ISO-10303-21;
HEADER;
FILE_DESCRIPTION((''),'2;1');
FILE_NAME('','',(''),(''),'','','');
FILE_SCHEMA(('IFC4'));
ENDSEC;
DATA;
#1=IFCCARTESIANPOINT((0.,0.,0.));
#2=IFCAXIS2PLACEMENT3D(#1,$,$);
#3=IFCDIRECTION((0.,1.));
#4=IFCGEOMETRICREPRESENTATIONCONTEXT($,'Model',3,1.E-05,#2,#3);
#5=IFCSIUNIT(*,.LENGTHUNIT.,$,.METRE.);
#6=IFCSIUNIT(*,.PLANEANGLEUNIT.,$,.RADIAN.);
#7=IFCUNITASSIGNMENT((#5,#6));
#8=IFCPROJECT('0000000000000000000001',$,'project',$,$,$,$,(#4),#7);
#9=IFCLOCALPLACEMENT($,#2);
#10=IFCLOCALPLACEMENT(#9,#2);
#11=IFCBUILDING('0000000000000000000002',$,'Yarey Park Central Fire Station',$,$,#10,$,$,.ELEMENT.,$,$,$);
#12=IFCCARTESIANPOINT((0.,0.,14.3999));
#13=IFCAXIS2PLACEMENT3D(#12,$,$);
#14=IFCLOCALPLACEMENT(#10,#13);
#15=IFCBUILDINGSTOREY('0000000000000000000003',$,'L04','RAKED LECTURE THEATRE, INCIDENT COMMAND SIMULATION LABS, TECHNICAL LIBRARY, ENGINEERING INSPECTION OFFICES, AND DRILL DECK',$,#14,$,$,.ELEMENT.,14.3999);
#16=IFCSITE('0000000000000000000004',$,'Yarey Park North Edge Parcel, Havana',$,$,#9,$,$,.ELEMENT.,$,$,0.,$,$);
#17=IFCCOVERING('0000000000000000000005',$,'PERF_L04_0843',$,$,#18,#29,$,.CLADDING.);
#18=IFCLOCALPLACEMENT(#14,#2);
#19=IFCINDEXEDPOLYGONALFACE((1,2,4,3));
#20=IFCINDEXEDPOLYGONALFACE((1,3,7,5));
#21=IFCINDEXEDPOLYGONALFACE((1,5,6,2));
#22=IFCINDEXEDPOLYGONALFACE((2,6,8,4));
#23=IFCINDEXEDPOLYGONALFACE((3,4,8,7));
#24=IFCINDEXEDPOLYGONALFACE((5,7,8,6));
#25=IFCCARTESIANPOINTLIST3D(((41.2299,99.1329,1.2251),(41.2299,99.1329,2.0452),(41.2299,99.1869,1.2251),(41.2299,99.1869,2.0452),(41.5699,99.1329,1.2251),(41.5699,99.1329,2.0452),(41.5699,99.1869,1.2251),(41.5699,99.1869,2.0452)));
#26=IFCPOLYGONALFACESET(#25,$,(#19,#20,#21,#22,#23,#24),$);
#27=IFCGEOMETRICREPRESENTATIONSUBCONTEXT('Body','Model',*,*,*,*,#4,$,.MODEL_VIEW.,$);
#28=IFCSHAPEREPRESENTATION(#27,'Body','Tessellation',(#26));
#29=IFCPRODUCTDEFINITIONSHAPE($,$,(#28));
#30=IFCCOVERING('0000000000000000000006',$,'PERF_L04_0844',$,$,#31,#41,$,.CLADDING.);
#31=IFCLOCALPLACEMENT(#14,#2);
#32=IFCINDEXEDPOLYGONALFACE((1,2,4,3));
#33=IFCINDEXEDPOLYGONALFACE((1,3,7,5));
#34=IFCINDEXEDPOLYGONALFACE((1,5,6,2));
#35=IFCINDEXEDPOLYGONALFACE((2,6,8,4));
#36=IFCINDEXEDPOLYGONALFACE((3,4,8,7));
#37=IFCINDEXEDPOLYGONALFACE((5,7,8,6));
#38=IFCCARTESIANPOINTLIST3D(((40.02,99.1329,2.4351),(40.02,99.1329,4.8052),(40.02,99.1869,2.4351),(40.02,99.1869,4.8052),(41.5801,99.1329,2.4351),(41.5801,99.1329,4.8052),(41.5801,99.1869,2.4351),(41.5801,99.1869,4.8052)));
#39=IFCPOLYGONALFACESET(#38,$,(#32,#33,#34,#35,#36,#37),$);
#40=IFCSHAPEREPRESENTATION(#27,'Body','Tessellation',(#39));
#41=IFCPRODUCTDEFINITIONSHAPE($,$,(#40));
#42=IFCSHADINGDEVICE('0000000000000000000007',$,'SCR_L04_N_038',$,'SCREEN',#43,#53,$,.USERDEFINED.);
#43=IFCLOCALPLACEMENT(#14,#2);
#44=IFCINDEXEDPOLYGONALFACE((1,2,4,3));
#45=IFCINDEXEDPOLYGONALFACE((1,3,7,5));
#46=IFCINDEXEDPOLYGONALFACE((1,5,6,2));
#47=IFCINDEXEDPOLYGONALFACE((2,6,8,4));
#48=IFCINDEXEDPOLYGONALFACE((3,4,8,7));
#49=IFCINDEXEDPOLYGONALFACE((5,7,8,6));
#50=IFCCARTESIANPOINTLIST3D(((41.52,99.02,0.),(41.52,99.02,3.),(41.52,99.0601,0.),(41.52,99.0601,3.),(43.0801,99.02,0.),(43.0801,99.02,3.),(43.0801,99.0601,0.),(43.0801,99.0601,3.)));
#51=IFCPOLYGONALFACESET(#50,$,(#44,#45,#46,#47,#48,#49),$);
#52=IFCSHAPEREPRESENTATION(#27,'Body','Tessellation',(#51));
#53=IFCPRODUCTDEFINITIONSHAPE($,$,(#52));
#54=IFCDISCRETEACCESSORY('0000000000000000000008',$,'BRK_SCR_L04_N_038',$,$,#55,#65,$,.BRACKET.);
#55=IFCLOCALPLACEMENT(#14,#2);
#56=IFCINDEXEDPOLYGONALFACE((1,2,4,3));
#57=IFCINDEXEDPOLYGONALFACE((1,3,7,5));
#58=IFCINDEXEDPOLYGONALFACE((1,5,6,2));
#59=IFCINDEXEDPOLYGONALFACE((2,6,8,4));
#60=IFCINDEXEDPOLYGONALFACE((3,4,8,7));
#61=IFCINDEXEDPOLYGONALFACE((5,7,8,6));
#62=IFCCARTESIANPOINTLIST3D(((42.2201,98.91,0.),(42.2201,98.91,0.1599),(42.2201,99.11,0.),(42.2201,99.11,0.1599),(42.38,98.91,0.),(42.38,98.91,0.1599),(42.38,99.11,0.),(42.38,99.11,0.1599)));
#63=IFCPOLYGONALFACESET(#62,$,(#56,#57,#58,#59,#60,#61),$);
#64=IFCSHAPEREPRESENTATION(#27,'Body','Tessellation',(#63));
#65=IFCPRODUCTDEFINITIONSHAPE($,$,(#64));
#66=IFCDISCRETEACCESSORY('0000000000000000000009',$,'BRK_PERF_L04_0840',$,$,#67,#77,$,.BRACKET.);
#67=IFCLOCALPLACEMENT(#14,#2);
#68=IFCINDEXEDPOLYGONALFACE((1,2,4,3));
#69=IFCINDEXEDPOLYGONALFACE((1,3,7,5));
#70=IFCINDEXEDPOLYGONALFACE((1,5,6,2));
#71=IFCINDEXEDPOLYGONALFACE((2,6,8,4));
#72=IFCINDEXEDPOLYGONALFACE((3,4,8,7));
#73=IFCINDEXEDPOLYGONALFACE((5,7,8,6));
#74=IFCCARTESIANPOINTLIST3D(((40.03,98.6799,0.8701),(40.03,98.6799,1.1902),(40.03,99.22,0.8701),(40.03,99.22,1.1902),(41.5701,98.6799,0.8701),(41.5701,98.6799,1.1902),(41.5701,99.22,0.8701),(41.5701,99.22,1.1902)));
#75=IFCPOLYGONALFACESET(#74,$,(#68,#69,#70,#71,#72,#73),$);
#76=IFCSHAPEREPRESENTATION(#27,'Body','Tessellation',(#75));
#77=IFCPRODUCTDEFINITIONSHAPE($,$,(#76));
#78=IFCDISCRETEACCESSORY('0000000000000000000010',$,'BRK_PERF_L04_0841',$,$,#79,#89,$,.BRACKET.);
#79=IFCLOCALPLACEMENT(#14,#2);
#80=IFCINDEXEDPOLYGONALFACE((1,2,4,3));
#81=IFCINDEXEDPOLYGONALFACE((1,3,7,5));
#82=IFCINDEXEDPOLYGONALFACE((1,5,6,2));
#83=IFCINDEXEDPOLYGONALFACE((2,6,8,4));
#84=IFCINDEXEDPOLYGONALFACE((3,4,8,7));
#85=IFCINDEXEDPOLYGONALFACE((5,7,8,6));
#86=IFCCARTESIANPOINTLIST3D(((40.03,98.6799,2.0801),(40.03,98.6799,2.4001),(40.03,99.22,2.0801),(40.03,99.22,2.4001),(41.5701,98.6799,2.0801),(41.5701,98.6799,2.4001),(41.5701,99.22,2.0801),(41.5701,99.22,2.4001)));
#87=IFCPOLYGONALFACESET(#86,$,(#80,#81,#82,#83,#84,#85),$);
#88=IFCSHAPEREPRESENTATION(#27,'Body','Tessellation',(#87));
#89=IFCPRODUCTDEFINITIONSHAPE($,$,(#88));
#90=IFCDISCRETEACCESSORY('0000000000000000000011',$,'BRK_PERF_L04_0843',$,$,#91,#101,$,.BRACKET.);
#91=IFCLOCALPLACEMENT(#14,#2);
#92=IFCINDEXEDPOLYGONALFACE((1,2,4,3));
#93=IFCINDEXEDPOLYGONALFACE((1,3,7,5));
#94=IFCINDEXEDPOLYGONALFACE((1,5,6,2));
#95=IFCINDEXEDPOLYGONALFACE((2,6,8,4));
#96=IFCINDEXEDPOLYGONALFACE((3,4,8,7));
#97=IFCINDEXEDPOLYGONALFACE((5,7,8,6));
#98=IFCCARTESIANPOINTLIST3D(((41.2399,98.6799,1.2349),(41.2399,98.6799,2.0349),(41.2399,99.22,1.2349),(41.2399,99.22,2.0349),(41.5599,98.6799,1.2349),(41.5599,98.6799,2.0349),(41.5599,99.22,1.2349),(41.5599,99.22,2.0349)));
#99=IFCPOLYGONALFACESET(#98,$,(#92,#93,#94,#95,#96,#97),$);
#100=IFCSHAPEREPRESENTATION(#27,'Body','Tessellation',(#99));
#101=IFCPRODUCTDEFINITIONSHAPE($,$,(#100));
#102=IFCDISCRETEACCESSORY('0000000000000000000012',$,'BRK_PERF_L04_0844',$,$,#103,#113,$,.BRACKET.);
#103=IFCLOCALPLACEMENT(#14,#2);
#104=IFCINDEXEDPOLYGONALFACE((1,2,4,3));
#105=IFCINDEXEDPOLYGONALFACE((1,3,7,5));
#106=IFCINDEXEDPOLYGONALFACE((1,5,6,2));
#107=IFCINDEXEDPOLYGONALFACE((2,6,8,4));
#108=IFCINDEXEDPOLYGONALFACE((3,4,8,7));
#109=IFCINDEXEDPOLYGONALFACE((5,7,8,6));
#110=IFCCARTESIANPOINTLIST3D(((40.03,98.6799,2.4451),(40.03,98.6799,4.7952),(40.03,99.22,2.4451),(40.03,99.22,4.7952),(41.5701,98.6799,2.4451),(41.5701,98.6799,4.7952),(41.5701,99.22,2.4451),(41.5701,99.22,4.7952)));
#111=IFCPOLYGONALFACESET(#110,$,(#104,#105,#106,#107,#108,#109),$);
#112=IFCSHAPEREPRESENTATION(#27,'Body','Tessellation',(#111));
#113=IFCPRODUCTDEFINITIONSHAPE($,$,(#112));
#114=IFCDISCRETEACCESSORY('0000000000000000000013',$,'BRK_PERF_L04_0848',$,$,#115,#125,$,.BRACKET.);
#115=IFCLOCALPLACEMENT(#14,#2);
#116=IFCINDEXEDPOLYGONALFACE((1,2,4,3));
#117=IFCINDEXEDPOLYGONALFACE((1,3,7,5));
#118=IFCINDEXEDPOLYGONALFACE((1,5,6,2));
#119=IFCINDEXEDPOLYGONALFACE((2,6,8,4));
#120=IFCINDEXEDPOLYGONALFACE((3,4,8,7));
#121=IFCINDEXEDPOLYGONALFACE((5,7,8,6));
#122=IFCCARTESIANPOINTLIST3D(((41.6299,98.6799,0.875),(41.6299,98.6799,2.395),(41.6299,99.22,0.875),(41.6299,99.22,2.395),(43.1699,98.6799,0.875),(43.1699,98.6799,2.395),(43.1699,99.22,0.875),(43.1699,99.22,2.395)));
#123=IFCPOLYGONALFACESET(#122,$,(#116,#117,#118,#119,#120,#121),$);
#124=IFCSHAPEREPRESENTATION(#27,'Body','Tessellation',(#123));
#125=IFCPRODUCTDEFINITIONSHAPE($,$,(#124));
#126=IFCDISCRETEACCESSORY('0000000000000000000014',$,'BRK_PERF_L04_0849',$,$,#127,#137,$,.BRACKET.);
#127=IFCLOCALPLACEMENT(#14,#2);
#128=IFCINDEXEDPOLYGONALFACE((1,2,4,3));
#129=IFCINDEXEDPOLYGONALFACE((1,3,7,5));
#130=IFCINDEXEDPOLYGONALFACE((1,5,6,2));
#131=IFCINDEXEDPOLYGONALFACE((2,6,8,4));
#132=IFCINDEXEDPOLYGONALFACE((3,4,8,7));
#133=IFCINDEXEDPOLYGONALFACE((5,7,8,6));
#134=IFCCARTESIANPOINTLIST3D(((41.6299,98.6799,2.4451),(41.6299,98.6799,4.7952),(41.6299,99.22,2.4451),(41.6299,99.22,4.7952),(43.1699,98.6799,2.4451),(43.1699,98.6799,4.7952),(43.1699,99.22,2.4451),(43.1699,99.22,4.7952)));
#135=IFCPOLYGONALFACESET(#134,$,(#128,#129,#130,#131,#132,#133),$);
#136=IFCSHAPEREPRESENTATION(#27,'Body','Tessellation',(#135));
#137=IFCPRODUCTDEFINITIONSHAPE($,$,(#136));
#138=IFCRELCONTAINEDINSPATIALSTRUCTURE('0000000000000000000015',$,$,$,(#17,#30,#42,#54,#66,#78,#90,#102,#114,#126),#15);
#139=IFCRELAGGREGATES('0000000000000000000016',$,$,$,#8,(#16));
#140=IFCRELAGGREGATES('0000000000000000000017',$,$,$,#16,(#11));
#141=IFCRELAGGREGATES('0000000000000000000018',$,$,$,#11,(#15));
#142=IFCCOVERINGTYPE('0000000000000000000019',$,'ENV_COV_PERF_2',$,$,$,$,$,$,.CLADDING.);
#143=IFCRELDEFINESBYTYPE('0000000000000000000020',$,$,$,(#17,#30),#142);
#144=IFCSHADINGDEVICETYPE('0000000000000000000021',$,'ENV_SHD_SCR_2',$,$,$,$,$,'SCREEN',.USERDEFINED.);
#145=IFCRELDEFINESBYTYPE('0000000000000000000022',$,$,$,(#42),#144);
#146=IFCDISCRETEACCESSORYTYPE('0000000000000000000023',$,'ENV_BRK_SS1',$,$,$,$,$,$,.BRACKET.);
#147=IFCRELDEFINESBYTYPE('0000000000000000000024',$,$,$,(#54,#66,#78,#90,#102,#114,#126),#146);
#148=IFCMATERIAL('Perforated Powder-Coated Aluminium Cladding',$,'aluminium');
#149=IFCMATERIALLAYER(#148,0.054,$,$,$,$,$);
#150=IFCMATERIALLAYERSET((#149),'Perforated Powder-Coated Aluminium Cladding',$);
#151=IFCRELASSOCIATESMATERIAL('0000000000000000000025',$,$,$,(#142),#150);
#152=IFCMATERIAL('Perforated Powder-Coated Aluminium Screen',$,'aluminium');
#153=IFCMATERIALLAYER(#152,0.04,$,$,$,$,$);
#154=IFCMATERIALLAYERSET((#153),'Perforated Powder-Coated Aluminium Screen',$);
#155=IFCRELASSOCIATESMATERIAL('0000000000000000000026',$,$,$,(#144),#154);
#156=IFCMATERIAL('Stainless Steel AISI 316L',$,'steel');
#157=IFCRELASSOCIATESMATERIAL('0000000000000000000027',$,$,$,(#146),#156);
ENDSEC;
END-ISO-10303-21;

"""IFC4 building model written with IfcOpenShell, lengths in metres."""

from ifc_helpers import new_model, si_unit, direction, frame, origin, origin_2d, place, context, subcontext, project, spatial, rectangle, extrude, material, layer, layer_set, type_object, element, save


model = new_model("IFC4")

# Units and contexts
model_context = context("Model", 3, precision=1e-05, world=origin(), true_north=direction((0.0, 1.0)))
body_context = subcontext(model_context, "Body", "Model", "MODEL_VIEW")
ifc_project = project(units=[si_unit("LENGTHUNIT", "METRE"), si_unit("PLANEANGLEUNIT", "RADIAN")], contexts=[model_context])

# Site, building, storey
site_placement = place(None, origin())
site = spatial("IfcSite", under=ifc_project, at=site_placement, Name="Yarey Park North Edge Parcel, Havana", CompositionType="ELEMENT", RefElevation=0.0)
building_placement = place(site_placement, origin())
building = spatial("IfcBuilding", under=site, at=building_placement, Name="Yarey Park Central Fire Station", CompositionType="ELEMENT")
storey_placement = place(building_placement, frame((0.0, 0.0, 14.3999)))
storey = spatial("IfcBuildingStorey", under=building, at=storey_placement, Name="L04", Description="RAKED LECTURE THEATRE, INCIDENT COMMAND SIMULATION LABS, TECHNICAL LIBRARY, ENGINEERING INSPECTION OFFICES, AND DRILL DECK", CompositionType="ELEMENT", Elevation=14.3999)

# Coverings
ifc_material_1 = material(Name="Perforated Powder-Coated Aluminium Cladding", Category="aluminium")
ifc_layer_1 = layer(ifc_material_1, 0.054)
ifc_layer_set_1 = layer_set([ifc_layer_1], Name="Perforated Powder-Coated Aluminium Cladding")
covering_type_1 = type_object("IfcCoveringType", Name="ENV_COV_PERF_2", PredefinedType="CLADDING", material=ifc_layer_set_1)
covering_1_placement = place(storey_placement, frame((41.3999, 99.1599, 1.2251), z_axis=(0.0, 0.0, 1.0), x_axis=(1.0, 0.0, 0.0)))
element("IfcCovering", 1, at=covering_1_placement, inside=storey, type_object=covering_type_1, Name="PERF_L04_0843", PredefinedType="CLADDING", context=body_context, shape_type="SweptSolid", body=[
    extrude(rectangle(XDim=0.3401, YDim=0.054, at=origin_2d()), origin(), (0.0, 0.0, 1.0), 0.8201),
])
covering_2_placement = place(storey_placement, frame((40.8, 99.1599, 2.4351), z_axis=(0.0, 0.0, 1.0), x_axis=(1.0, 0.0, 0.0)))
element("IfcCovering", 2, at=covering_2_placement, inside=storey, type_object=covering_type_1, Name="PERF_L04_0844", PredefinedType="CLADDING", context=body_context, shape_type="SweptSolid", body=[
    extrude(rectangle(XDim=1.5601, YDim=0.054, at=origin_2d()), origin(), (0.0, 0.0, 1.0), 2.3701),
])

# Shading device
ifc_material_2 = material(Name="Perforated Powder-Coated Aluminium Screen", Category="aluminium")
ifc_layer_2 = layer(ifc_material_2, 0.04)
ifc_layer_set_2 = layer_set([ifc_layer_2], Name="Perforated Powder-Coated Aluminium Screen")
shading_device_type = type_object("IfcShadingDeviceType", Name="ENV_SHD_SCR_2", ElementType="SCREEN", PredefinedType="USERDEFINED", material=ifc_layer_set_2)
shading_device_placement = place(storey_placement, frame((42.3, 99.04, 0.0), z_axis=(0.0, 0.0, 1.0), x_axis=(1.0, 0.0, 0.0)))
element("IfcShadingDevice", 3, at=shading_device_placement, inside=storey, type_object=shading_device_type, Name="SCR_L04_N_038", ObjectType="SCREEN", PredefinedType="USERDEFINED", context=body_context, shape_type="SweptSolid", body=[
    extrude(rectangle(XDim=1.5601, YDim=0.04, at=origin_2d()), origin(), (0.0, 0.0, 1.0), 3.0),
])

# Discrete accessories
ifc_material_3 = material(Name="Stainless Steel AISI 316L", Category="steel")
discrete_accessory_type = type_object("IfcDiscreteAccessoryType", Name="ENV_BRK_SS1", PredefinedType="BRACKET", material=ifc_material_3)
discrete_accessory_1_placement = place(storey_placement, frame((42.3, 99.01, 0.0), z_axis=(0.0, 0.0, 1.0), x_axis=(1.0, 0.0, 0.0)))
element("IfcDiscreteAccessory", 4, at=discrete_accessory_1_placement, inside=storey, type_object=discrete_accessory_type, Name="BRK_SCR_L04_N_038", PredefinedType="BRACKET", context=body_context, shape_type="SweptSolid", body=[
    extrude(rectangle(XDim=0.1599, YDim=0.2, at=origin_2d()), origin(), (0.0, 0.0, 1.0), 0.1599),
])
for number, where, z_axis, x_axis, name in (
    (5, (40.8, 98.95, 0.8701), (0.0, 0.0, 1.0), (1.0, 0.0, 0.0), "BRK_PERF_L04_0840"),
    (6, (40.8, 98.95, 2.0801), (0.0, 0.0, 1.0), (1.0, 0.0, 0.0), "BRK_PERF_L04_0841"),
):
    element("IfcDiscreteAccessory", number, at=place(storey_placement, frame(where, z_axis=z_axis, x_axis=x_axis)), inside=storey, type_object=discrete_accessory_type, Name=name, PredefinedType="BRACKET", context=body_context, shape_type="SweptSolid", body=[
        extrude(rectangle(XDim=1.54, YDim=0.54, at=origin_2d()), origin(), (0.0, 0.0, 1.0), 0.3201),
    ])
discrete_accessory_2_placement = place(storey_placement, frame((41.3999, 98.95, 1.2349), z_axis=(0.0, 0.0, 1.0), x_axis=(1.0, 0.0, 0.0)))
element("IfcDiscreteAccessory", 7, at=discrete_accessory_2_placement, inside=storey, type_object=discrete_accessory_type, Name="BRK_PERF_L04_0843", PredefinedType="BRACKET", context=body_context, shape_type="SweptSolid", body=[
    extrude(rectangle(XDim=0.3201, YDim=0.54, at=origin_2d()), origin(), (0.0, 0.0, 1.0), 0.8),
])
discrete_accessory_3_placement = place(storey_placement, frame((40.8, 98.95, 2.4451), z_axis=(0.0, 0.0, 1.0), x_axis=(1.0, 0.0, 0.0)))
element("IfcDiscreteAccessory", 8, at=discrete_accessory_3_placement, inside=storey, type_object=discrete_accessory_type, Name="BRK_PERF_L04_0844", PredefinedType="BRACKET", context=body_context, shape_type="SweptSolid", body=[
    extrude(rectangle(XDim=1.54, YDim=0.54, at=origin_2d()), origin(), (0.0, 0.0, 1.0), 2.3501),
])
discrete_accessory_4_placement = place(storey_placement, frame((42.3999, 98.95, 0.875), z_axis=(0.0, 0.0, 1.0), x_axis=(1.0, 0.0, 0.0)))
element("IfcDiscreteAccessory", 9, at=discrete_accessory_4_placement, inside=storey, type_object=discrete_accessory_type, Name="BRK_PERF_L04_0848", PredefinedType="BRACKET", context=body_context, shape_type="SweptSolid", body=[
    extrude(rectangle(XDim=1.54, YDim=0.54, at=origin_2d()), origin(), (0.0, 0.0, 1.0), 1.52),
])
discrete_accessory_5_placement = place(storey_placement, frame((42.3999, 98.95, 2.4451), z_axis=(0.0, 0.0, 1.0), x_axis=(1.0, 0.0, 0.0)))
element("IfcDiscreteAccessory", 10, at=discrete_accessory_5_placement, inside=storey, type_object=discrete_accessory_type, Name="BRK_PERF_L04_0849", PredefinedType="BRACKET", context=body_context, shape_type="SweptSolid", body=[
    extrude(rectangle(XDim=1.54, YDim=0.54, at=origin_2d()), origin(), (0.0, 0.0, 1.0), 2.3501),
])

save(model, "model.ifc")
